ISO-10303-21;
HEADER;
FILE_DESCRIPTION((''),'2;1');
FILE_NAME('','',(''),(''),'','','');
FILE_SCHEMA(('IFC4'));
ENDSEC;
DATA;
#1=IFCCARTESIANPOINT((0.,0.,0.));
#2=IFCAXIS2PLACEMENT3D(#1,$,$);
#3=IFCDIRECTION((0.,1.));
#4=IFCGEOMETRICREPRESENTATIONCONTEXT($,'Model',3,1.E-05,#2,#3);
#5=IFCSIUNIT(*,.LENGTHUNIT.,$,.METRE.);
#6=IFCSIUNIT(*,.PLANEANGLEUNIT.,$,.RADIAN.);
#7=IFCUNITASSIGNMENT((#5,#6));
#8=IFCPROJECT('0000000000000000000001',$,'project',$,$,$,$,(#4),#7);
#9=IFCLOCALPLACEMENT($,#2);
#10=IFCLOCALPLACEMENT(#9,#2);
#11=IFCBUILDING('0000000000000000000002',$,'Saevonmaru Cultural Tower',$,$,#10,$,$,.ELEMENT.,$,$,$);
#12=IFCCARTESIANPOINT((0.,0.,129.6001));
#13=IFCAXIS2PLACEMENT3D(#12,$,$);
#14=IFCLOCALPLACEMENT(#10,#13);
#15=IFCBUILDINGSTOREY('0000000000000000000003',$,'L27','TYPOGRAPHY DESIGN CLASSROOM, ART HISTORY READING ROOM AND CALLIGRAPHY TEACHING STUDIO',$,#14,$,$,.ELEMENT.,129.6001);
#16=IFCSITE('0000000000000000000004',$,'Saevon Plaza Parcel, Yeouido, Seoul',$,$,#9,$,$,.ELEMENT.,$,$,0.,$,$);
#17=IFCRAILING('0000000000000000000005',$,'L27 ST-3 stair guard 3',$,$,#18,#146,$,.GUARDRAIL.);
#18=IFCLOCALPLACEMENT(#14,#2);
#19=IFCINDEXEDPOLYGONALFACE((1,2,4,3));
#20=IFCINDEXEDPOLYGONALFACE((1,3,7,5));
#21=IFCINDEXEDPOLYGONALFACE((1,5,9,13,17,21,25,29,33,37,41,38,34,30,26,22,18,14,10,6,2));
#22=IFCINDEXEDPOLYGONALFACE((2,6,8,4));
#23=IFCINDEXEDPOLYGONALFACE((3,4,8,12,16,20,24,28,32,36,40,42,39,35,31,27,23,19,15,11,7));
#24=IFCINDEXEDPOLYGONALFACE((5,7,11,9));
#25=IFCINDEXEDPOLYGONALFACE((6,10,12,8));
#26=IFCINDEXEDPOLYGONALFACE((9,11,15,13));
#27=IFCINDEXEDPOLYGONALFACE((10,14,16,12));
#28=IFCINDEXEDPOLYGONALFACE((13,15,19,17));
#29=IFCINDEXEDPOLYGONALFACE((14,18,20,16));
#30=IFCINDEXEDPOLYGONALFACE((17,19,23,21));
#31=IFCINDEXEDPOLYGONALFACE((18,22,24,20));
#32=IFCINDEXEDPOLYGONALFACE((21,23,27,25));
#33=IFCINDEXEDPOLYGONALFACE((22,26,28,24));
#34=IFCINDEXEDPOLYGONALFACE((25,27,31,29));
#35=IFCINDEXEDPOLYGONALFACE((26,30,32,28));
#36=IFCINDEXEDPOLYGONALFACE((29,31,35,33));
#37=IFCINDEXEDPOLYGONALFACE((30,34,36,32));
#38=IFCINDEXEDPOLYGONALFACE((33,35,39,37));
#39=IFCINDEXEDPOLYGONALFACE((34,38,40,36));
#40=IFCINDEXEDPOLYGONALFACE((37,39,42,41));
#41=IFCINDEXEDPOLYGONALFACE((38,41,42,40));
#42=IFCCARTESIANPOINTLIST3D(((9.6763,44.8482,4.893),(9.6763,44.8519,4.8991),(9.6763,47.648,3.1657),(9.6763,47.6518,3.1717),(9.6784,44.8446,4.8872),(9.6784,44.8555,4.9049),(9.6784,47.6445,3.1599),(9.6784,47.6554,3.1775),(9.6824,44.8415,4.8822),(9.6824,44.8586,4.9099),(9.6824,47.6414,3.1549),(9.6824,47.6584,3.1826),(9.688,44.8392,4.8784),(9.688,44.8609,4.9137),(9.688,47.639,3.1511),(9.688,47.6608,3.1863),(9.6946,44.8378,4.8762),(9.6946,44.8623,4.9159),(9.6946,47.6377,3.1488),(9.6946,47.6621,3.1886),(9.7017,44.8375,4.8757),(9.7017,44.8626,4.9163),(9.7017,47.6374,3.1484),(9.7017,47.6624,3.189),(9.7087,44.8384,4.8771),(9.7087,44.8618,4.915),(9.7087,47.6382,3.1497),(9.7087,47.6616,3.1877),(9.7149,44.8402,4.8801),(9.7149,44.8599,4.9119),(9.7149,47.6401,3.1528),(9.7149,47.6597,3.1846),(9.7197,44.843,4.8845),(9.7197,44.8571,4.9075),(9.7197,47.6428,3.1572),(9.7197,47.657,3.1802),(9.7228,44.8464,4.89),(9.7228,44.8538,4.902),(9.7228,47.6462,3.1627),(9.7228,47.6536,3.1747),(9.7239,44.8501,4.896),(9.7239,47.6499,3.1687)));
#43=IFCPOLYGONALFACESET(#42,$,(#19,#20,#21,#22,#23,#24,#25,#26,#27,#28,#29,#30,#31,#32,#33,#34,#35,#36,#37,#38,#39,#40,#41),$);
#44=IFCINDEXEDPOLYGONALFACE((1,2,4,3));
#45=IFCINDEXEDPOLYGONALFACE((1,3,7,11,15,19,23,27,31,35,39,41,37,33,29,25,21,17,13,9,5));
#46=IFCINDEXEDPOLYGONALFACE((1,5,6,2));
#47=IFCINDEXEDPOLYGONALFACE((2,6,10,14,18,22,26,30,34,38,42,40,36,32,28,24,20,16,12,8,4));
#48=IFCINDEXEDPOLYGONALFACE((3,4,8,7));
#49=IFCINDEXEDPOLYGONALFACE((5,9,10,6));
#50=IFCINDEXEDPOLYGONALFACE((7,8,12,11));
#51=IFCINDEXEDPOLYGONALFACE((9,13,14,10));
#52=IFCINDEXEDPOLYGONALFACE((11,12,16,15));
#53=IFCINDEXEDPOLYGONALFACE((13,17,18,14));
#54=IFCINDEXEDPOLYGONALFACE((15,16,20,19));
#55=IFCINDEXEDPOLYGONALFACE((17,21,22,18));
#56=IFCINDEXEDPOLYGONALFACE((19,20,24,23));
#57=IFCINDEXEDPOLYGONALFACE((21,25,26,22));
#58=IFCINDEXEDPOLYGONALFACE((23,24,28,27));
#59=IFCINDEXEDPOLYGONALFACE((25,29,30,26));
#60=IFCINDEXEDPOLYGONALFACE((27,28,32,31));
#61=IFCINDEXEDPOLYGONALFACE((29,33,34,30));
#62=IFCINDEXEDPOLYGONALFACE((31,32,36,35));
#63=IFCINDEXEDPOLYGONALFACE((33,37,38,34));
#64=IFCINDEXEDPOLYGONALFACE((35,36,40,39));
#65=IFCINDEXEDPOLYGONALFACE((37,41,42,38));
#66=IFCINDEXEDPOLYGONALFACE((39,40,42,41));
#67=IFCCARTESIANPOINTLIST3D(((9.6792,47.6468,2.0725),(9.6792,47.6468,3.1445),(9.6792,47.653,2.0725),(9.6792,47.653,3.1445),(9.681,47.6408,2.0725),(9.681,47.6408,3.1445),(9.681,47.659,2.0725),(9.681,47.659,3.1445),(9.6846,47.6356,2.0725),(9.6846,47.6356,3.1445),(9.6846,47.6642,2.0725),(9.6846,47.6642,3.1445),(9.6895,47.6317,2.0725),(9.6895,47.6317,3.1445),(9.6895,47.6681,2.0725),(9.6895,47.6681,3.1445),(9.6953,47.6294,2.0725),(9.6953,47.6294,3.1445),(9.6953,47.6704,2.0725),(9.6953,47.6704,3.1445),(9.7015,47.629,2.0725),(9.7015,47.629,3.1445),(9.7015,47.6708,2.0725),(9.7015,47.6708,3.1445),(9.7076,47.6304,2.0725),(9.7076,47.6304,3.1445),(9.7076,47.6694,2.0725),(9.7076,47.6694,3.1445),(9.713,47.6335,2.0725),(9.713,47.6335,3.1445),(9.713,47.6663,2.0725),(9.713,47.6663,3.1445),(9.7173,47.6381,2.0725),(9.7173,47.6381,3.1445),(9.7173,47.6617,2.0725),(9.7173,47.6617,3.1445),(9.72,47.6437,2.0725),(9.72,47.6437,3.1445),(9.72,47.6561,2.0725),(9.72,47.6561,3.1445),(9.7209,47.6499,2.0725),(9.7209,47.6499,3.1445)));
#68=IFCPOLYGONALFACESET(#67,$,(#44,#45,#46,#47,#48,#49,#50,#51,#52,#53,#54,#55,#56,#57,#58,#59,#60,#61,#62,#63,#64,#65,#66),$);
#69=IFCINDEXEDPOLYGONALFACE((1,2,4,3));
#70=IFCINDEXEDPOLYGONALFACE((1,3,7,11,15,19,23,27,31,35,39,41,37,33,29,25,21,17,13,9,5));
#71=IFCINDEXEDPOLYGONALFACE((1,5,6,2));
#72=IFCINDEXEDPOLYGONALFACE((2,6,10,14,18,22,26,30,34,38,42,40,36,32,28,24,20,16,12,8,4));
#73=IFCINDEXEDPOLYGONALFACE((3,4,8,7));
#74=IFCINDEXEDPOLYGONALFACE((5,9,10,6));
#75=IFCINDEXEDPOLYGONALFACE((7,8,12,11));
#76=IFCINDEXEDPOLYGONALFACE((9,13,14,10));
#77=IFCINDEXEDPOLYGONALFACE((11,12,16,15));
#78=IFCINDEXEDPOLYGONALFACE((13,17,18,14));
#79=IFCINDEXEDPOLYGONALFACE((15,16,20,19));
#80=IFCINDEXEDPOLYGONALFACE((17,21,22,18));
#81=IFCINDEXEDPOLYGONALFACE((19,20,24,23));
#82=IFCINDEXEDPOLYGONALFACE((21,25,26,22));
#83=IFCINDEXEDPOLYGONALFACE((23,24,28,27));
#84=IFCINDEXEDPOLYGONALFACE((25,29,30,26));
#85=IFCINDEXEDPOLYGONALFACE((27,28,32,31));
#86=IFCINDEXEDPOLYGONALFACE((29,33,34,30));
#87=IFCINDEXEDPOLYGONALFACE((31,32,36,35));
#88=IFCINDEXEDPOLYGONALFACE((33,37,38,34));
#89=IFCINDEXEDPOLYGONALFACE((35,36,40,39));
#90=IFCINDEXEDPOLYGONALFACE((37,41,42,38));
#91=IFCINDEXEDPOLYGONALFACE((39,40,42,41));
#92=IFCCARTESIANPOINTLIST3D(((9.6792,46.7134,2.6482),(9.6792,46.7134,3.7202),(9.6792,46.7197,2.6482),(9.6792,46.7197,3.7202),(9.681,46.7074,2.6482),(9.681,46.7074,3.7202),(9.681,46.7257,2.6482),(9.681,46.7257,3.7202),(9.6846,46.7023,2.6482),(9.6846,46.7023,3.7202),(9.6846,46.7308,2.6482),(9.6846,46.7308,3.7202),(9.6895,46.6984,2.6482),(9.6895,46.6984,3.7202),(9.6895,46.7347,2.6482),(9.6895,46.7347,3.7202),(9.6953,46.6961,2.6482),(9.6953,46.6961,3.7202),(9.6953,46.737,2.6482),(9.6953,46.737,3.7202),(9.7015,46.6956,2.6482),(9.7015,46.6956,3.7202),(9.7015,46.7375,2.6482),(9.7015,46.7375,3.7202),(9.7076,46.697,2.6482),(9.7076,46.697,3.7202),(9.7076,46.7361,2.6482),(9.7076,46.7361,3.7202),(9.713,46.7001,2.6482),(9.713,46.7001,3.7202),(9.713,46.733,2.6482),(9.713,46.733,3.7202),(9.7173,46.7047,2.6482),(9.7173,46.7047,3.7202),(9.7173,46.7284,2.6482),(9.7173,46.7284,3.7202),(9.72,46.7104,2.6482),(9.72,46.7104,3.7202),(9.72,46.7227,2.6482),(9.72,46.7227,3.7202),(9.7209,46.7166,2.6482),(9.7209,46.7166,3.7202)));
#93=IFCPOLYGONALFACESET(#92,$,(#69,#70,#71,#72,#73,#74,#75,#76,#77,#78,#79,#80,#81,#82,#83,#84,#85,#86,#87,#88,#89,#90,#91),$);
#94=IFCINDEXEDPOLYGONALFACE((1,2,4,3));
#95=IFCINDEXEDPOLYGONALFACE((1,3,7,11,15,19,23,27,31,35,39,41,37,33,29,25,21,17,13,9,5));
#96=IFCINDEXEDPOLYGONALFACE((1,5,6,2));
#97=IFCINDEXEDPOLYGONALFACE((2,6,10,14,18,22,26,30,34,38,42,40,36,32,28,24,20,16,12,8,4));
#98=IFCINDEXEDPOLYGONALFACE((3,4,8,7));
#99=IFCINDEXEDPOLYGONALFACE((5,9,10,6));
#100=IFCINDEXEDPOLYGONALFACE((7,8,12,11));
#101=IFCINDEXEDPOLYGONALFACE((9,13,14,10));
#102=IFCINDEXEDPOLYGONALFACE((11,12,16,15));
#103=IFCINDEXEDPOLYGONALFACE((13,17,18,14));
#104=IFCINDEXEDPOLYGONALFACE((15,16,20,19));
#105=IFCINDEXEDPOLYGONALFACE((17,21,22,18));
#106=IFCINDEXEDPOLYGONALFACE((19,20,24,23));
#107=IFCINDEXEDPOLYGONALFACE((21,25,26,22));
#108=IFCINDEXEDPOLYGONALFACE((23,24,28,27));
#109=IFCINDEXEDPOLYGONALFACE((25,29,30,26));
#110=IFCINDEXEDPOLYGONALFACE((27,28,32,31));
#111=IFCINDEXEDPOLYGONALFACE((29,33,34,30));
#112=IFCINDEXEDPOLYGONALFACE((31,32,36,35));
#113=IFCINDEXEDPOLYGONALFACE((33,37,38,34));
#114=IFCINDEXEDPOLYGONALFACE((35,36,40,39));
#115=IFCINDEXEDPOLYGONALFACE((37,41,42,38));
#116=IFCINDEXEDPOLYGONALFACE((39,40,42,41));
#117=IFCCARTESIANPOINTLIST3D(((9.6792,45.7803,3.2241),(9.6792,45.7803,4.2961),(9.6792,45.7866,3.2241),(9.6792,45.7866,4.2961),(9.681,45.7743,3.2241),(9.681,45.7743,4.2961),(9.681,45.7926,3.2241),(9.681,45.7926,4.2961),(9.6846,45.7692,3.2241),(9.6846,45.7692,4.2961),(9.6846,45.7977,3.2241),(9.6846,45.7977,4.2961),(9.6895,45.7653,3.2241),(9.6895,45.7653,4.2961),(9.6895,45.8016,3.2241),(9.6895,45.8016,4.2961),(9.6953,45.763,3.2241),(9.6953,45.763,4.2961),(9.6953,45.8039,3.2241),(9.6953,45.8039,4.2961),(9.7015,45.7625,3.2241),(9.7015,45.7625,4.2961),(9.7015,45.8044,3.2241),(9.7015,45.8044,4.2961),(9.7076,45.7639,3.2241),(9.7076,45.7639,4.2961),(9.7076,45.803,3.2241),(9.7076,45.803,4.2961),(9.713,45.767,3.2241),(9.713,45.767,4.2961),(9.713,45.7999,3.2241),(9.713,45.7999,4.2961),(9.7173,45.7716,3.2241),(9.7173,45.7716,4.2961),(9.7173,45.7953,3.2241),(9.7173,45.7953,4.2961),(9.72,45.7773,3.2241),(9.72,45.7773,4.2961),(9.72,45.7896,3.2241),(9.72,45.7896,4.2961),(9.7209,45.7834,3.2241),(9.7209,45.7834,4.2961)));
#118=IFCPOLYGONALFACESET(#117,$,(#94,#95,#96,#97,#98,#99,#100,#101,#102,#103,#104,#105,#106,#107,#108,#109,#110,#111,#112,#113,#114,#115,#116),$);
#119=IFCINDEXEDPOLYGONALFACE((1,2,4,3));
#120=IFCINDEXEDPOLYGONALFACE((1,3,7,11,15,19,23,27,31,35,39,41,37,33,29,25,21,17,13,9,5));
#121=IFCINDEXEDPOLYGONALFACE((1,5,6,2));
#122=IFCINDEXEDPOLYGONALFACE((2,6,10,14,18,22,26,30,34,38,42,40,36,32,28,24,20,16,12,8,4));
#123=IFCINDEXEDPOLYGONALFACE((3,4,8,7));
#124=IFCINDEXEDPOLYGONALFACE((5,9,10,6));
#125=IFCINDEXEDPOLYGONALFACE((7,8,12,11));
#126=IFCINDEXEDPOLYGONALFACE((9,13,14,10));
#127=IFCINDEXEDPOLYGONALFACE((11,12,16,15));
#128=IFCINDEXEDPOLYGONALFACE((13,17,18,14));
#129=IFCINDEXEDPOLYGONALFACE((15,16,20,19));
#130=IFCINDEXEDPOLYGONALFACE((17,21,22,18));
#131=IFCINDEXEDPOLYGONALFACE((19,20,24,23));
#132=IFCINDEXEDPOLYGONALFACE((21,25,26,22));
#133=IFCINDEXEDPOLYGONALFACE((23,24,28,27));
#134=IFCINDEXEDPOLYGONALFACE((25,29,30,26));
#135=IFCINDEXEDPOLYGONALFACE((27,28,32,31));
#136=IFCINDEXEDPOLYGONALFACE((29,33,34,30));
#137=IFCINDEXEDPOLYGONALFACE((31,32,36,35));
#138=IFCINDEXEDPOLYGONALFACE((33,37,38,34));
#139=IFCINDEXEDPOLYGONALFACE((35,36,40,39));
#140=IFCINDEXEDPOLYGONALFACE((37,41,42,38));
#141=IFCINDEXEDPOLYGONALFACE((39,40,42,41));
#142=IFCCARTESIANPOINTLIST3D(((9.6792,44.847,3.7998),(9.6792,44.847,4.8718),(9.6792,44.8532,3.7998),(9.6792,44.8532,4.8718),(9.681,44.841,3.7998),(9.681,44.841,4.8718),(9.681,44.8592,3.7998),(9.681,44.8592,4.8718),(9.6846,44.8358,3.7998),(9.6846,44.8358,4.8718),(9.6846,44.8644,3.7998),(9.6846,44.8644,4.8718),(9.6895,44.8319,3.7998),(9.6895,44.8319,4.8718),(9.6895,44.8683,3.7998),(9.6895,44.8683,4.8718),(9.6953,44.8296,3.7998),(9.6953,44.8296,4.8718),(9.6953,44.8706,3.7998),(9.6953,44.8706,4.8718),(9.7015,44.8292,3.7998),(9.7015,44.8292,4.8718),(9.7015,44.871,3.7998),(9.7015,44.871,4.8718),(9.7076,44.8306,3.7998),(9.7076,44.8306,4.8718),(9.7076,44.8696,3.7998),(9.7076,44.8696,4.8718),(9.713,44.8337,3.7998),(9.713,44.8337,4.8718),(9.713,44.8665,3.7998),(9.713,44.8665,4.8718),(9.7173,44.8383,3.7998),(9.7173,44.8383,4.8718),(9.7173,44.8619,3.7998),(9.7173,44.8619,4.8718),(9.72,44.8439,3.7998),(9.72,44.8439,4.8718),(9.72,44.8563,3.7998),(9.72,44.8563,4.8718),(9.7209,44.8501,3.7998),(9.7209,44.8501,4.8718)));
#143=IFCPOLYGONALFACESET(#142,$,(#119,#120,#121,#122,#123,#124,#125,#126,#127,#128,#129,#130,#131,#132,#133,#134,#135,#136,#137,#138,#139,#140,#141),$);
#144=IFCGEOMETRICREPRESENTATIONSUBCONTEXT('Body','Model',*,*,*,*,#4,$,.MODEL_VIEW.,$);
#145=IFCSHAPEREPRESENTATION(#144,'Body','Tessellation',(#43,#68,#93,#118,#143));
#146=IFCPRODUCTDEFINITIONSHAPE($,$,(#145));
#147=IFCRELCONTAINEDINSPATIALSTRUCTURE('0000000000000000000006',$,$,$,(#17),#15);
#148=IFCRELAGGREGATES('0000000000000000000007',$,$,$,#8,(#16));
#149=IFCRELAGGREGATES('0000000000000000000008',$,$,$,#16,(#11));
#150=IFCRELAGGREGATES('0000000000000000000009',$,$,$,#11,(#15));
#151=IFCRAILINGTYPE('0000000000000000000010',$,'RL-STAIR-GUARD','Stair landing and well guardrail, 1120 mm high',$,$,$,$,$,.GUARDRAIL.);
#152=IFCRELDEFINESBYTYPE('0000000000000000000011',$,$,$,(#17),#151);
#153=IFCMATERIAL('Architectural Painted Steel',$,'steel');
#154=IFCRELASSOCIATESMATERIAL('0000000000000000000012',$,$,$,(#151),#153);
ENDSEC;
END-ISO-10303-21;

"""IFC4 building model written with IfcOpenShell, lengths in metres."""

from ifc_helpers import new_model, si_unit, direction, frame, origin, origin_2d, place, context, subcontext, project, spatial, circle, extrude, material, type_object, element, save


model = new_model("IFC4")

# Units and contexts
model_context = context("Model", 3, precision=1e-05, world=origin(), true_north=direction((0.0, 1.0)))
body_context = subcontext(model_context, "Body", "Model", "MODEL_VIEW")
ifc_project = project(units=[si_unit("LENGTHUNIT", "METRE"), si_unit("PLANEANGLEUNIT", "RADIAN")], contexts=[model_context])

# Site, building, storey
site_placement = place(None, origin())
site = spatial("IfcSite", under=ifc_project, at=site_placement, Name="Saevon Plaza Parcel, Yeouido, Seoul", CompositionType="ELEMENT", RefElevation=0.0)
building_placement = place(site_placement, origin())
building = spatial("IfcBuilding", under=site, at=building_placement, Name="Saevonmaru Cultural Tower", CompositionType="ELEMENT")
storey_placement = place(building_placement, frame((0.0, 0.0, 129.6001)))
storey = spatial("IfcBuildingStorey", under=building, at=storey_placement, Name="L27", Description="TYPOGRAPHY DESIGN CLASSROOM, ART HISTORY READING ROOM AND CALLIGRAPHY TEACHING STUDIO", CompositionType="ELEMENT", Elevation=129.6001)

# Railing
ifc_material_1 = material(Name="Architectural Painted Steel", Category="steel")
railing_type_1 = type_object("IfcRailingType", Name="RL-STAIR-GUARD", Description="Stair landing and well guardrail, 1120 mm high", PredefinedType="GUARDRAIL", material=ifc_material_1)
railing_1_placement = place(storey_placement, frame((9.7, 47.6499, 2.0725)))
element("IfcRailing", 1, at=railing_1_placement, inside=storey, type_object=railing_type_1, Name="L27 ST-3 stair guard 3", PredefinedType="GUARDRAIL", context=body_context, shape_type="SweptSolid", body=[
    extrude(circle(Radius=0.0239, at=origin_2d()), frame((0.0, 0.0, 1.0962), z_axis=(0.0, -0.851069, 0.525054), x_axis=(1.0, 0.0, 0.0)), (0.0, 0.0, 1.0), 3.2898),
    extrude(circle(Radius=0.021, at=origin_2d()), origin(), (0.0, 0.0, 1.0), 1.072),
    extrude(circle(Radius=0.021, at=origin_2d()), frame((0.0, -0.9333, 0.5757)), (0.0, 0.0, 1.0), 1.072),
    extrude(circle(Radius=0.021, at=origin_2d()), frame((0.0, -1.8665, 1.1516)), (0.0, 0.0, 1.0), 1.072),
    extrude(circle(Radius=0.021, at=origin_2d()), frame((0.0, -2.7998, 1.7273)), (0.0, 0.0, 1.0), 1.072),
])

save(model, "model.ifc")
